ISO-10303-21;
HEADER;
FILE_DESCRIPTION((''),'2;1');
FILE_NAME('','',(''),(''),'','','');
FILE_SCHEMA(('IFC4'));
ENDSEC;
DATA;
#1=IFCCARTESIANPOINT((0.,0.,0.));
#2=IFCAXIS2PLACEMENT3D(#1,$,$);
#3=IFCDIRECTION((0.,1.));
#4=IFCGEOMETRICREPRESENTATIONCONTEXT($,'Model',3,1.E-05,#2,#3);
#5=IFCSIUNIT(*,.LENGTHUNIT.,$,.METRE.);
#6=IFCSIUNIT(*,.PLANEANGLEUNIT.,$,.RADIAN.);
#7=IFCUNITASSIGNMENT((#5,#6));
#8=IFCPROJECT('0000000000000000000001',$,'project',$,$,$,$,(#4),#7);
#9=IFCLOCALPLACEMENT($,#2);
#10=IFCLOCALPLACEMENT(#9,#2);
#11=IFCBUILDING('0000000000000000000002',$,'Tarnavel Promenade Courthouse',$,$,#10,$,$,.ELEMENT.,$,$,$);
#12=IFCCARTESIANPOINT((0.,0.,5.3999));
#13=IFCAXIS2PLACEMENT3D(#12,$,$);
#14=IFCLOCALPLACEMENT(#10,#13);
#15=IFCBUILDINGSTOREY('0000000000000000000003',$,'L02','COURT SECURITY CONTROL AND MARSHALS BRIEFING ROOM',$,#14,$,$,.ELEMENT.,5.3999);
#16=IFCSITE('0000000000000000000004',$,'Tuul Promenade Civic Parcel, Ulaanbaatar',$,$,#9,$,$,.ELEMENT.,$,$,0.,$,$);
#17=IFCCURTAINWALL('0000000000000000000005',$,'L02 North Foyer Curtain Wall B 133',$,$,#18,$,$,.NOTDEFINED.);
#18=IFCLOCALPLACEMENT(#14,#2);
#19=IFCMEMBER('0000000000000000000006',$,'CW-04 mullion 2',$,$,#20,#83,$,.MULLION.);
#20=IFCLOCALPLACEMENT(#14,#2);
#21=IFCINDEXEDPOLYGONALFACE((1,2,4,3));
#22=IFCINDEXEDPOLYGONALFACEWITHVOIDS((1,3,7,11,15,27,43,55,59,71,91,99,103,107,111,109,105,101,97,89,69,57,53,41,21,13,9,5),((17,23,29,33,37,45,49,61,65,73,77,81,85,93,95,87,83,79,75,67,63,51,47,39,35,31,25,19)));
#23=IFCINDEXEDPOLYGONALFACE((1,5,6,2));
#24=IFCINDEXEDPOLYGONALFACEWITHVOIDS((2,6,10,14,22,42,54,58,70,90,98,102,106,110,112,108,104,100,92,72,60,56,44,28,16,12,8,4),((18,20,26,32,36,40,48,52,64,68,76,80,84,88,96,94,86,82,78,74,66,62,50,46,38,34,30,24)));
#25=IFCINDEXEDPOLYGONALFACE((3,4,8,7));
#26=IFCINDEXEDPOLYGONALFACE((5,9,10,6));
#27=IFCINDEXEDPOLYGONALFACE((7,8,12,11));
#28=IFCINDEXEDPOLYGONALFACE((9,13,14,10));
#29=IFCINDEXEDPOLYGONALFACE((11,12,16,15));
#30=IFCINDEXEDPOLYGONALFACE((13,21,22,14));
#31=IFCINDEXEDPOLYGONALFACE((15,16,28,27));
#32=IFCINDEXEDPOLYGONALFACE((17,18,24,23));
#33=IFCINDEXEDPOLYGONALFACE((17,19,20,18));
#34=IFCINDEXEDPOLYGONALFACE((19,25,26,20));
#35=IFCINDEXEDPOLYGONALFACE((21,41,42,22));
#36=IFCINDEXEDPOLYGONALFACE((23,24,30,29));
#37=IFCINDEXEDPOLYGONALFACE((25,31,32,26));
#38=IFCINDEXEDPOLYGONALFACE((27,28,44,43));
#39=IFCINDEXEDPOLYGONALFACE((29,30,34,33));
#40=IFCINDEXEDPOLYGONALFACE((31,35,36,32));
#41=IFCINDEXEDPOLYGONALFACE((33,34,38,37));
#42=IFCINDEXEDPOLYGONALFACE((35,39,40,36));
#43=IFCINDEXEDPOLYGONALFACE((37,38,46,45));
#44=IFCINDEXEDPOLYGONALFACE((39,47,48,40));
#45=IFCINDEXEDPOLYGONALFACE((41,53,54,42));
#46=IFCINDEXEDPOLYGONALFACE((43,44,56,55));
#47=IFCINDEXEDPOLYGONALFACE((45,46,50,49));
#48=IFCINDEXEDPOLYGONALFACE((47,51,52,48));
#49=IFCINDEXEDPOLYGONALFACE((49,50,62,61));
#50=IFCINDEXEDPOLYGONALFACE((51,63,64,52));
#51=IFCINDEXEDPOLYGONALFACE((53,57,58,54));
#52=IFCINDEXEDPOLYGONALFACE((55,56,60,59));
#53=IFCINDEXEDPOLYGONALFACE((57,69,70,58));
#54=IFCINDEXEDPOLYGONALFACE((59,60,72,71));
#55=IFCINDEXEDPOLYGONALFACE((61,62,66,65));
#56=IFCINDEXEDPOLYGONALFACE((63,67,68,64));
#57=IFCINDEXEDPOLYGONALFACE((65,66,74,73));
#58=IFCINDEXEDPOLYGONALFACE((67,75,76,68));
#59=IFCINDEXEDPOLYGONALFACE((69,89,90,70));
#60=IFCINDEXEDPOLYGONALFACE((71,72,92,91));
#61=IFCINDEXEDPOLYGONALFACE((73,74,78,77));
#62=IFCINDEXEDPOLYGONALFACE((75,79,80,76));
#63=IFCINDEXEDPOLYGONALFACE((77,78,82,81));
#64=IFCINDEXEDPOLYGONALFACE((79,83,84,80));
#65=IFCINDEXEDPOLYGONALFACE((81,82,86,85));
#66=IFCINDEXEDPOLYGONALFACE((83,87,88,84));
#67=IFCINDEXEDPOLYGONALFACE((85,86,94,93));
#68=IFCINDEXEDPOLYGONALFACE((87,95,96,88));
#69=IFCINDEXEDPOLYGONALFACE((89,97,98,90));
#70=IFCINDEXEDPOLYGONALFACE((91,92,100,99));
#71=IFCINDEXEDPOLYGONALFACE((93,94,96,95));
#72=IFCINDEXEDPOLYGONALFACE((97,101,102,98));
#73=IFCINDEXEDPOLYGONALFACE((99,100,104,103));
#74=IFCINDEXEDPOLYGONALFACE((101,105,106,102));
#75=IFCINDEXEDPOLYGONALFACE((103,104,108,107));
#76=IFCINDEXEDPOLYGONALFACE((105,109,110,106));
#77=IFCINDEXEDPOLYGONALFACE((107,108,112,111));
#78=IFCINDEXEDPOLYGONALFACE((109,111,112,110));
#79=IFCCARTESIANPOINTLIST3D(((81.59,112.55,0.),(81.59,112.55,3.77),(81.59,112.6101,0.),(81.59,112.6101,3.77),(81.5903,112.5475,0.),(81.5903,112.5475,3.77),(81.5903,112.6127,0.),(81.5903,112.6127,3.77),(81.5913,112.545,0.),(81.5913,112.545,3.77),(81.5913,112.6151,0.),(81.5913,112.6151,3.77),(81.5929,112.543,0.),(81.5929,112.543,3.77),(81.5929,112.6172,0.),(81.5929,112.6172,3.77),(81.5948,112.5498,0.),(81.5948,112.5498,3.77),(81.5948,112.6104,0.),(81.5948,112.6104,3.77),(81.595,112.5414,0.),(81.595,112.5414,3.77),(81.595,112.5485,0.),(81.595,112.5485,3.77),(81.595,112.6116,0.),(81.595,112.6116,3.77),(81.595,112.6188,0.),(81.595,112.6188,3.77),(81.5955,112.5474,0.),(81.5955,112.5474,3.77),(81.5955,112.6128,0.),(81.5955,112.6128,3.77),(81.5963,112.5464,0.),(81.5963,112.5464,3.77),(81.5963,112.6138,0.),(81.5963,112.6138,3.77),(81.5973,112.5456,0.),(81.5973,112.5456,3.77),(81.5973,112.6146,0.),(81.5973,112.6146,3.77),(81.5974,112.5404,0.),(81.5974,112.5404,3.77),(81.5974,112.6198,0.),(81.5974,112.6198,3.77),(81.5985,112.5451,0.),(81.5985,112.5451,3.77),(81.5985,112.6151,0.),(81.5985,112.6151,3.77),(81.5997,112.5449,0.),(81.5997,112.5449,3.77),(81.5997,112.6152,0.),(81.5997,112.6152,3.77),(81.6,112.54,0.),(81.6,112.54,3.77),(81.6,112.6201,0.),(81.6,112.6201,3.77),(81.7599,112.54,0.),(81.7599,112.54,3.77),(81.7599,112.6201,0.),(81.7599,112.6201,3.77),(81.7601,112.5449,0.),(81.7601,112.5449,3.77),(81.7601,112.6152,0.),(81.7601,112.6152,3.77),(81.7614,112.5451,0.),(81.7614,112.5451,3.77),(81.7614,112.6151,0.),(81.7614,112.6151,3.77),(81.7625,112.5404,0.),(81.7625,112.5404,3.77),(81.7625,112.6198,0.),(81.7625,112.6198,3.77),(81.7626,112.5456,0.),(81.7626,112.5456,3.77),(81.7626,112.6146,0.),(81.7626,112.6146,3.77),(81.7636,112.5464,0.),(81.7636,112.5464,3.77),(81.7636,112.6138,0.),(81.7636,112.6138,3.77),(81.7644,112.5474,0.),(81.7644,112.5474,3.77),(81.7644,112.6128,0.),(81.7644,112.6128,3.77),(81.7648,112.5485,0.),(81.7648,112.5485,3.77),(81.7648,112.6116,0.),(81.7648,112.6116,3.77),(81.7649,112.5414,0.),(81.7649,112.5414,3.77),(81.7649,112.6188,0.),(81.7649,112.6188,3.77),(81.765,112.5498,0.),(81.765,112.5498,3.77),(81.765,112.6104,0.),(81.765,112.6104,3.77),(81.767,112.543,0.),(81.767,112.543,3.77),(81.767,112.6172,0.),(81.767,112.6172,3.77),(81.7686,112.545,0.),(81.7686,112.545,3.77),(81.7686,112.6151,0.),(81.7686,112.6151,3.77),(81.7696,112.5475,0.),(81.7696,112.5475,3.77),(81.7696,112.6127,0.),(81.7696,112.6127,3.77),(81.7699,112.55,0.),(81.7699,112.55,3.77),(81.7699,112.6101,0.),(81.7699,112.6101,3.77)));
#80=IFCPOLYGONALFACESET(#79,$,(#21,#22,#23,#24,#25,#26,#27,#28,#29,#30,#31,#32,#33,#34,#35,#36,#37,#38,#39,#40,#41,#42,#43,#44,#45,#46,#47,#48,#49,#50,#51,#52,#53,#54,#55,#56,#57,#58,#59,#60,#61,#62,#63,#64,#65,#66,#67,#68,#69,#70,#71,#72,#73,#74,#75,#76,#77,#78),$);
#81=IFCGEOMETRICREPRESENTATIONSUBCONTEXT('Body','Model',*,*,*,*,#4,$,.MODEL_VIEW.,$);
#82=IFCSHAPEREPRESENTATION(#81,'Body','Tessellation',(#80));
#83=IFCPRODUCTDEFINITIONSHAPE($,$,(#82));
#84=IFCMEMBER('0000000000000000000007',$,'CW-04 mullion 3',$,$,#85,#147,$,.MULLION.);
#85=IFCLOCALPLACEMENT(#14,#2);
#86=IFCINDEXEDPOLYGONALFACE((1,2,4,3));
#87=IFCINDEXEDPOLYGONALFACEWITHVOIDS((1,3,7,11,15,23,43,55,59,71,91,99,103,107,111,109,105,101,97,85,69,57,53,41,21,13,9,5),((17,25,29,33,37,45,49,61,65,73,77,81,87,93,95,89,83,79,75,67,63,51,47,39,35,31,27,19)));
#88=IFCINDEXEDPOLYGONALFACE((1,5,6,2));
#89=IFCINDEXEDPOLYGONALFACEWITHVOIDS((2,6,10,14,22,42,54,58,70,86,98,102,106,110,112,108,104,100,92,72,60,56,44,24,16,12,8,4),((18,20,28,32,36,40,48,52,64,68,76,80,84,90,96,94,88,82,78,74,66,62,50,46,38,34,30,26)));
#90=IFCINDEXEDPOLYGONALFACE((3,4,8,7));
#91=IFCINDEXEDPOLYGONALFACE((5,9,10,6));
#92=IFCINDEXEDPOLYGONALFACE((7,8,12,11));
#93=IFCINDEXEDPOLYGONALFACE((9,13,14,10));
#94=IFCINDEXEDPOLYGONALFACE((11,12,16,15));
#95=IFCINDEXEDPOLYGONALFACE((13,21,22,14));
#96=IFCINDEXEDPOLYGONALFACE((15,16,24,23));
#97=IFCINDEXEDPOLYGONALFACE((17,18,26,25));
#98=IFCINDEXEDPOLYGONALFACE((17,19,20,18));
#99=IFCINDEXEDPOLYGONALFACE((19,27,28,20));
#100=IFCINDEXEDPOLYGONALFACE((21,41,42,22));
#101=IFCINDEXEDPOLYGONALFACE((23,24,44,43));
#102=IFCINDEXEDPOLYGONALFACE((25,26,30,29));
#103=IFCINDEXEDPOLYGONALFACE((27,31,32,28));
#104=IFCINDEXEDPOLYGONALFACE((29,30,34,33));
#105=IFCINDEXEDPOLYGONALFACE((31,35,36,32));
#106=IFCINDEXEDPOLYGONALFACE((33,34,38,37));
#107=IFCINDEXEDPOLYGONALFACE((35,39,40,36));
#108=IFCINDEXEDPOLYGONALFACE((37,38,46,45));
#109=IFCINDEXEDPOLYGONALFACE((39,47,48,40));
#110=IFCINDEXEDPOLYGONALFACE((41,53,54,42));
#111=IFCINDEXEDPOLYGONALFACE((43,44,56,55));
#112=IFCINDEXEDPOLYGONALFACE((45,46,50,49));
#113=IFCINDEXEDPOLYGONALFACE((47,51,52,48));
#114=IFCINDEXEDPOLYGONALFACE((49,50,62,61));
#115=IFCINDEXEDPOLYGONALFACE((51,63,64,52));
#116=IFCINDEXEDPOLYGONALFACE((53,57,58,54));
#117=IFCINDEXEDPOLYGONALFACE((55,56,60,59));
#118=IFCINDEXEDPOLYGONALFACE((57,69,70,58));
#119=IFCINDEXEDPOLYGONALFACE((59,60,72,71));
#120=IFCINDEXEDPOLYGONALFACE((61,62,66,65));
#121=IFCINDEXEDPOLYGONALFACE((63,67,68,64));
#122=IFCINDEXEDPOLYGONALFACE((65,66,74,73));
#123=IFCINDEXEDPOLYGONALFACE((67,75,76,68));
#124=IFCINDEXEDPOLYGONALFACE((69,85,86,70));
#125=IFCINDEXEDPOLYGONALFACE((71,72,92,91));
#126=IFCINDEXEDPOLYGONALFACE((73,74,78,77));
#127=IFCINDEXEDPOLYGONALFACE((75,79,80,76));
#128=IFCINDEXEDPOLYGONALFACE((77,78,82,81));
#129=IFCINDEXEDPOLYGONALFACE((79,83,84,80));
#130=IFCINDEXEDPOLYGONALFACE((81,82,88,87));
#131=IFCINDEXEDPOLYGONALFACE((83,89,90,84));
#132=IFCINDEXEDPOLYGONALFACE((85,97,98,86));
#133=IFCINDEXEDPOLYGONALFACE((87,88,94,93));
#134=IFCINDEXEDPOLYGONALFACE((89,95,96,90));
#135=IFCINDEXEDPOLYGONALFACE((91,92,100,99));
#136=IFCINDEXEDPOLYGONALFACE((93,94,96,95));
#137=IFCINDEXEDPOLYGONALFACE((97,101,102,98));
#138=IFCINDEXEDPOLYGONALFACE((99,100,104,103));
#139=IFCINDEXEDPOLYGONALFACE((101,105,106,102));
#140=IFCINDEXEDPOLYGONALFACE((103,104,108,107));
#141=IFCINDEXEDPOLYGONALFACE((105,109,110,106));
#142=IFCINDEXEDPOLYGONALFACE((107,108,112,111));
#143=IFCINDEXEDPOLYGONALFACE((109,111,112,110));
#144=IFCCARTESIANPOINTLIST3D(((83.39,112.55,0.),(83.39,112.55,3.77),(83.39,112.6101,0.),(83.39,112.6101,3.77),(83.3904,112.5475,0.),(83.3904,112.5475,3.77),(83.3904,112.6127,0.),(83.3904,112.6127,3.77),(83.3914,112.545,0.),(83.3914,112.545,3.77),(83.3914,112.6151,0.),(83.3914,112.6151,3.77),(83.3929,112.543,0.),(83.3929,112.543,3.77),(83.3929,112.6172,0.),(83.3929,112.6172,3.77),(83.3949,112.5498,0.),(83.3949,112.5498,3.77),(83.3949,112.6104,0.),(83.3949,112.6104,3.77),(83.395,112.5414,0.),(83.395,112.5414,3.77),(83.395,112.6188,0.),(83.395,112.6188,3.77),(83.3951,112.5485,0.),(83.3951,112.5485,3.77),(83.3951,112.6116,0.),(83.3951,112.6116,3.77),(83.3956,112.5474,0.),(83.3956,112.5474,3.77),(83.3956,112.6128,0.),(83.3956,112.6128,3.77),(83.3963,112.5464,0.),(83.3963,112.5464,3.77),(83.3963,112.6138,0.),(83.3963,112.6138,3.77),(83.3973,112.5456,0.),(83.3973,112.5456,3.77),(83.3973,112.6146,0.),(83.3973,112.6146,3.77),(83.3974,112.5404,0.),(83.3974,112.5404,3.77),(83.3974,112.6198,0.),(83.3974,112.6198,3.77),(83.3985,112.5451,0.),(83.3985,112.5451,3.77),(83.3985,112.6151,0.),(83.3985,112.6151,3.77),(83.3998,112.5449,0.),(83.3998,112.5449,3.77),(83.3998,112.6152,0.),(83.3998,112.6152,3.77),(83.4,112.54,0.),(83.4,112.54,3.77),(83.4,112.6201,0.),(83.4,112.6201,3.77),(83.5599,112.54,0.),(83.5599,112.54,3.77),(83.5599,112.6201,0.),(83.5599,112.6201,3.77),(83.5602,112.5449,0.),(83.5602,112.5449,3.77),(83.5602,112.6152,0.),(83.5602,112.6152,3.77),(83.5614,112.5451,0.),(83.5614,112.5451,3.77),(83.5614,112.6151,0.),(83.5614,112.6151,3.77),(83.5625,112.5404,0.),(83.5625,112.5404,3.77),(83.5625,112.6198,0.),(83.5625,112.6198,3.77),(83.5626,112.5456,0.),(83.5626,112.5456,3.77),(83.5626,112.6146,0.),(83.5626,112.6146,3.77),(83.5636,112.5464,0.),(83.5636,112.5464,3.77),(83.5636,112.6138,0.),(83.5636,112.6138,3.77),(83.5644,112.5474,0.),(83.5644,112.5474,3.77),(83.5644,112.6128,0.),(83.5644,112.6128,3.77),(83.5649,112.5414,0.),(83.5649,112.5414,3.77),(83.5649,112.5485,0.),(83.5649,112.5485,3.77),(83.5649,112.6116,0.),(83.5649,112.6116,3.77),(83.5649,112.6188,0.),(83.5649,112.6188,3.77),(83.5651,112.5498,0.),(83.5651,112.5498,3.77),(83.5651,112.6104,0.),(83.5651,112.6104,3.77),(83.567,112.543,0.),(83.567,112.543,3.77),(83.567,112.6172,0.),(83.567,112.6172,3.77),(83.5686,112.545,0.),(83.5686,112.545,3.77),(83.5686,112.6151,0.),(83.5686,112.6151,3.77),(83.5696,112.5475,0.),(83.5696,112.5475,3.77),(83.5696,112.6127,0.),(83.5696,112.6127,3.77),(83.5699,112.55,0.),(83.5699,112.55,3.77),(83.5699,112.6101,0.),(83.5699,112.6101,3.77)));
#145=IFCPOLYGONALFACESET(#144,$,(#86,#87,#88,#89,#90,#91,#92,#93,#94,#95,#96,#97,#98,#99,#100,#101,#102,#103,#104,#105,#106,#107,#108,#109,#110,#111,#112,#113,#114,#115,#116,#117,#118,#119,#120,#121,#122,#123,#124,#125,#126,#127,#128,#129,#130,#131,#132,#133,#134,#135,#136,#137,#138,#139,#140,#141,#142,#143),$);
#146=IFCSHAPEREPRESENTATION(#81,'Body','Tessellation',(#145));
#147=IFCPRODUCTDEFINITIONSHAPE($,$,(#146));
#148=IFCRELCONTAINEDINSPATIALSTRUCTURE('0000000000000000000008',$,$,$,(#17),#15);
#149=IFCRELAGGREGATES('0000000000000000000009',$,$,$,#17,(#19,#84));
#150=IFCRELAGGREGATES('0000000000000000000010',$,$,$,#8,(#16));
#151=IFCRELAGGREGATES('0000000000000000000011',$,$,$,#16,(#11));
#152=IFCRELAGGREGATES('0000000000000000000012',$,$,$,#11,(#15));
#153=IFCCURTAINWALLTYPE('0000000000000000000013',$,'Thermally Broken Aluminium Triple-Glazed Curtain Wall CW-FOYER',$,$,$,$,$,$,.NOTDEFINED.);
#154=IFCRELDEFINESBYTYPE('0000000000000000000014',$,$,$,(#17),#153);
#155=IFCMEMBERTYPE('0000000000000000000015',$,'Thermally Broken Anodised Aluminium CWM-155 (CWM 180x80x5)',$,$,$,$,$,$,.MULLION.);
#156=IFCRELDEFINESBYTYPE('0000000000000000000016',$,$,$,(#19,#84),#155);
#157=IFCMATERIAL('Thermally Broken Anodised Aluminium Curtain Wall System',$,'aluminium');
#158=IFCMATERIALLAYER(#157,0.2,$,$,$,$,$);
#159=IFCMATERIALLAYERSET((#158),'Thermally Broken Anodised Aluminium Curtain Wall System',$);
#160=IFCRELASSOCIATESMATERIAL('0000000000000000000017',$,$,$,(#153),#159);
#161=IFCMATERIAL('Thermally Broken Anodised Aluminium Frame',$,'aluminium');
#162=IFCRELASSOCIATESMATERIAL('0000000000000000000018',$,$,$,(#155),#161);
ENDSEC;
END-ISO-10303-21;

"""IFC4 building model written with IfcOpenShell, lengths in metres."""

from ifc_helpers import new_model, si_unit, direction, frame, origin, origin_2d, place, context, subcontext, project, spatial, hollow_rectangle, extrude, material, layer, layer_set, material_profile, profile_set, type_object, element, aggregate, save


model = new_model("IFC4")

# Units and contexts
model_context = context("Model", 3, precision=1e-05, world=origin(), true_north=direction((0.0, 1.0)))
body_context = subcontext(model_context, "Body", "Model", "MODEL_VIEW")
ifc_project = project(units=[si_unit("LENGTHUNIT", "METRE"), si_unit("PLANEANGLEUNIT", "RADIAN")], contexts=[model_context])

# Site, building, storey
site_placement = place(None, origin())
site = spatial("IfcSite", under=ifc_project, at=site_placement, Name="Tuul Promenade Civic Parcel, Ulaanbaatar", CompositionType="ELEMENT", RefElevation=0.0)
building_placement = place(site_placement, origin())
building = spatial("IfcBuilding", under=site, at=building_placement, Name="Tarnavel Promenade Courthouse", CompositionType="ELEMENT")
storey_placement = place(building_placement, frame((0.0, 0.0, 5.3999)))
storey = spatial("IfcBuildingStorey", under=building, at=storey_placement, Name="L02", Description="COURT SECURITY CONTROL AND MARSHALS BRIEFING ROOM", CompositionType="ELEMENT", Elevation=5.3999)

# Curtain wall, members
ifc_material_1 = material(Name="Thermally Broken Anodised Aluminium Curtain Wall System", Category="aluminium")
ifc_layer_1 = layer(ifc_material_1, 0.2)
ifc_layer_set_1 = layer_set([ifc_layer_1], Name="Thermally Broken Anodised Aluminium Curtain Wall System")
curtain_wall_type = type_object("IfcCurtainWallType", Name="Thermally Broken Aluminium Triple-Glazed Curtain Wall CW-FOYER", PredefinedType="NOTDEFINED", material=ifc_layer_set_1)
ifc_material_2 = material(Name="Thermally Broken Anodised Aluminium Frame", Category="aluminium")
ifc_material_profile_1 = material_profile(ifc_material_2, hollow_rectangle(XDim=0.0801, YDim=0.1799, WallThickness=0.0049, InnerFilletRadius=0.0049, OuterFilletRadius=0.01, at=origin_2d()), Name="CWM 180x80x5")
ifc_profile_set_1 = profile_set([ifc_material_profile_1], Name="Thermally Broken Anodised Aluminium Frame")
member_type_1 = type_object("IfcMemberType", Name="Thermally Broken Anodised Aluminium CWM-155 (CWM 180x80x5)", PredefinedType="MULLION", material=ifc_profile_set_1)
curtain_wall_1_placement = place(storey_placement, origin())
curtain_wall_1 = element("IfcCurtainWall", 1, at=curtain_wall_1_placement, inside=storey, type_object=curtain_wall_type, Name="L02 North Foyer Curtain Wall B 133", PredefinedType="NOTDEFINED")
member_1_placement = place(storey_placement, frame((81.6799, 112.5801, 0.0), z_axis=(0.0, 0.0, 1.0), x_axis=(0.0, 1.0, 0.0)))
member_1 = element("IfcMember", 2, at=member_1_placement, type_object=member_type_1, Name="CW-04 mullion 2", PredefinedType="MULLION", context=body_context, shape_type="SweptSolid", body=[
    extrude(hollow_rectangle(XDim=0.0801, YDim=0.1799, WallThickness=0.0049, InnerFilletRadius=0.0049, OuterFilletRadius=0.01, at=origin_2d()), origin(), (0.0, 0.0, 1.0), 3.77),
])
member_2_placement = place(storey_placement, frame((83.48, 112.5801, 0.0), z_axis=(0.0, 0.0, 1.0), x_axis=(0.0, 1.0, 0.0)))
member_2 = element("IfcMember", 3, at=member_2_placement, type_object=member_type_1, Name="CW-04 mullion 3", PredefinedType="MULLION", context=body_context, shape_type="SweptSolid", body=[
    extrude(hollow_rectangle(XDim=0.0801, YDim=0.1799, WallThickness=0.0049, InnerFilletRadius=0.0049, OuterFilletRadius=0.01, at=origin_2d()), origin(), (0.0, 0.0, 1.0), 3.77),
])

aggregate(curtain_wall_1, [member_1, member_2])

save(model, "model.ifc")
